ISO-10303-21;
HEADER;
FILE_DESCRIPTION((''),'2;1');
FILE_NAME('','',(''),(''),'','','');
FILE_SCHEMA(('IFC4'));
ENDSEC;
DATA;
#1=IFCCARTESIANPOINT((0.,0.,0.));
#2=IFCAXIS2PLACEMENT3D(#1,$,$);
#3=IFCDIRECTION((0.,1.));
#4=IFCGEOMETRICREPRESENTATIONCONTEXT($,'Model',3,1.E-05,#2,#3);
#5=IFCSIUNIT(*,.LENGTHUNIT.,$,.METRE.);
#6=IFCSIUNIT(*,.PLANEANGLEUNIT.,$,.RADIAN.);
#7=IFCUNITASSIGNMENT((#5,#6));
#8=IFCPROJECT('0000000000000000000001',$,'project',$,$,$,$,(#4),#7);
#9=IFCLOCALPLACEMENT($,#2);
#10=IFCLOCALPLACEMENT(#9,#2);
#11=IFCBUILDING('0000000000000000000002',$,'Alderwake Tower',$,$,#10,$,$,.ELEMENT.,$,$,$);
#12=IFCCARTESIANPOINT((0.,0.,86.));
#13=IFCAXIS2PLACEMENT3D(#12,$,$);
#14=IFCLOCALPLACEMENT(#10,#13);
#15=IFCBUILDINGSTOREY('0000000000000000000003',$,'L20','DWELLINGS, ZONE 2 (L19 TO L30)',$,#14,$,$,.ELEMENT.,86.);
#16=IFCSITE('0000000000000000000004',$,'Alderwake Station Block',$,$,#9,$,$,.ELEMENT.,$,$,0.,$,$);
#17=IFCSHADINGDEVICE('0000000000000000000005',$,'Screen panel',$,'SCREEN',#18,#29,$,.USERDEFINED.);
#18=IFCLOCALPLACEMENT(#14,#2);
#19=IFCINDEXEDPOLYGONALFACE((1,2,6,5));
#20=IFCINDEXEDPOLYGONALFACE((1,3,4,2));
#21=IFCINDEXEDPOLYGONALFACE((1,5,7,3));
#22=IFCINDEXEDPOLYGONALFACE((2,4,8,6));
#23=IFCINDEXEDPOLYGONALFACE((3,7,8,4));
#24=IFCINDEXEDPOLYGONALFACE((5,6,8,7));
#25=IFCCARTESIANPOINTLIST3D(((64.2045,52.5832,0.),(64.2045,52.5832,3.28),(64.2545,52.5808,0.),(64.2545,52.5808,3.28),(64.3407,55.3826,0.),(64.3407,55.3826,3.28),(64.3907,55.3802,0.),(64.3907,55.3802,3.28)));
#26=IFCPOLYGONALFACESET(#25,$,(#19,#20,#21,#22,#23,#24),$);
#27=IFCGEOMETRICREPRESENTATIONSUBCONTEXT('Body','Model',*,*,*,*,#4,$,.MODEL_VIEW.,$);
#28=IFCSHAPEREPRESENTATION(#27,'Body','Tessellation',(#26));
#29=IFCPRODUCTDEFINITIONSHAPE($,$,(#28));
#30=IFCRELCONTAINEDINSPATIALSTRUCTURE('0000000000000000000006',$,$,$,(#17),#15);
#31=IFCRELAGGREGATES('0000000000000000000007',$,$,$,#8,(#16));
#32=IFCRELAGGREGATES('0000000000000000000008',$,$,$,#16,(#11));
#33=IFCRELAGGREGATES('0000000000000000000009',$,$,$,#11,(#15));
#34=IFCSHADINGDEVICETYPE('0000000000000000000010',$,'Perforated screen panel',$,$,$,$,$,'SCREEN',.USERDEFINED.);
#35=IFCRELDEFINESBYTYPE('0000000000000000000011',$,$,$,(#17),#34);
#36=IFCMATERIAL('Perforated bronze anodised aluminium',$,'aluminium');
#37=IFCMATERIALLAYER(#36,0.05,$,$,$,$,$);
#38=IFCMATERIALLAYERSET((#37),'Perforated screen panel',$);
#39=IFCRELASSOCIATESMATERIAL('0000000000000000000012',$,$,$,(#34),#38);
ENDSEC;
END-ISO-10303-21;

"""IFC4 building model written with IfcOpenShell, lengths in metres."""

from ifc_helpers import new_model, si_unit, direction, frame, origin, origin_2d, place, context, subcontext, project, spatial, rectangle, extrude, material, layer, layer_set, type_object, element, save


model = new_model("IFC4")

# Units and contexts
model_context = context("Model", 3, precision=1e-05, world=origin(), true_north=direction((0.0, 1.0)))
body_context = subcontext(model_context, "Body", "Model", "MODEL_VIEW")
ifc_project = project(units=[si_unit("LENGTHUNIT", "METRE"), si_unit("PLANEANGLEUNIT", "RADIAN")], contexts=[model_context])

# Site, building, storey
site_placement = place(None, origin())
site = spatial("IfcSite", under=ifc_project, at=site_placement, Name="Alderwake Station Block", CompositionType="ELEMENT", RefElevation=0.0)
building_placement = place(site_placement, origin())
building = spatial("IfcBuilding", under=site, at=building_placement, Name="Alderwake Tower", CompositionType="ELEMENT")
storey_placement = place(building_placement, frame((0.0, 0.0, 86.0)))
storey = spatial("IfcBuildingStorey", under=building, at=storey_placement, Name="L20", Description="DWELLINGS, ZONE 2 (L19 TO L30)", CompositionType="ELEMENT", Elevation=86.0)

# Shading device
ifc_material_1 = material(Name="Perforated bronze anodised aluminium", Category="aluminium")
ifc_layer_1 = layer(ifc_material_1, 0.05)
ifc_layer_set_1 = layer_set([ifc_layer_1], Name="Perforated screen panel")
shading_device_type_1 = type_object("IfcShadingDeviceType", Name="Perforated screen panel", ElementType="SCREEN", PredefinedType="USERDEFINED", material=ifc_layer_set_1)
shading_device_1_placement = place(storey_placement, frame((64.2976, 53.9817, 0.0), z_axis=(0.0, 0.0, 1.0), x_axis=(0.998819, -0.048581, 0.0)))
element("IfcShadingDevice", 1, at=shading_device_1_placement, inside=storey, type_object=shading_device_type_1, Name="Screen panel", ObjectType="SCREEN", PredefinedType="USERDEFINED", context=body_context, shape_type="SweptSolid", body=[
    extrude(rectangle(XDim=0.05, YDim=2.8027, at=origin_2d()), origin(), (0.0, 0.0, 1.0), 3.28),
])

save(model, "model.ifc")
